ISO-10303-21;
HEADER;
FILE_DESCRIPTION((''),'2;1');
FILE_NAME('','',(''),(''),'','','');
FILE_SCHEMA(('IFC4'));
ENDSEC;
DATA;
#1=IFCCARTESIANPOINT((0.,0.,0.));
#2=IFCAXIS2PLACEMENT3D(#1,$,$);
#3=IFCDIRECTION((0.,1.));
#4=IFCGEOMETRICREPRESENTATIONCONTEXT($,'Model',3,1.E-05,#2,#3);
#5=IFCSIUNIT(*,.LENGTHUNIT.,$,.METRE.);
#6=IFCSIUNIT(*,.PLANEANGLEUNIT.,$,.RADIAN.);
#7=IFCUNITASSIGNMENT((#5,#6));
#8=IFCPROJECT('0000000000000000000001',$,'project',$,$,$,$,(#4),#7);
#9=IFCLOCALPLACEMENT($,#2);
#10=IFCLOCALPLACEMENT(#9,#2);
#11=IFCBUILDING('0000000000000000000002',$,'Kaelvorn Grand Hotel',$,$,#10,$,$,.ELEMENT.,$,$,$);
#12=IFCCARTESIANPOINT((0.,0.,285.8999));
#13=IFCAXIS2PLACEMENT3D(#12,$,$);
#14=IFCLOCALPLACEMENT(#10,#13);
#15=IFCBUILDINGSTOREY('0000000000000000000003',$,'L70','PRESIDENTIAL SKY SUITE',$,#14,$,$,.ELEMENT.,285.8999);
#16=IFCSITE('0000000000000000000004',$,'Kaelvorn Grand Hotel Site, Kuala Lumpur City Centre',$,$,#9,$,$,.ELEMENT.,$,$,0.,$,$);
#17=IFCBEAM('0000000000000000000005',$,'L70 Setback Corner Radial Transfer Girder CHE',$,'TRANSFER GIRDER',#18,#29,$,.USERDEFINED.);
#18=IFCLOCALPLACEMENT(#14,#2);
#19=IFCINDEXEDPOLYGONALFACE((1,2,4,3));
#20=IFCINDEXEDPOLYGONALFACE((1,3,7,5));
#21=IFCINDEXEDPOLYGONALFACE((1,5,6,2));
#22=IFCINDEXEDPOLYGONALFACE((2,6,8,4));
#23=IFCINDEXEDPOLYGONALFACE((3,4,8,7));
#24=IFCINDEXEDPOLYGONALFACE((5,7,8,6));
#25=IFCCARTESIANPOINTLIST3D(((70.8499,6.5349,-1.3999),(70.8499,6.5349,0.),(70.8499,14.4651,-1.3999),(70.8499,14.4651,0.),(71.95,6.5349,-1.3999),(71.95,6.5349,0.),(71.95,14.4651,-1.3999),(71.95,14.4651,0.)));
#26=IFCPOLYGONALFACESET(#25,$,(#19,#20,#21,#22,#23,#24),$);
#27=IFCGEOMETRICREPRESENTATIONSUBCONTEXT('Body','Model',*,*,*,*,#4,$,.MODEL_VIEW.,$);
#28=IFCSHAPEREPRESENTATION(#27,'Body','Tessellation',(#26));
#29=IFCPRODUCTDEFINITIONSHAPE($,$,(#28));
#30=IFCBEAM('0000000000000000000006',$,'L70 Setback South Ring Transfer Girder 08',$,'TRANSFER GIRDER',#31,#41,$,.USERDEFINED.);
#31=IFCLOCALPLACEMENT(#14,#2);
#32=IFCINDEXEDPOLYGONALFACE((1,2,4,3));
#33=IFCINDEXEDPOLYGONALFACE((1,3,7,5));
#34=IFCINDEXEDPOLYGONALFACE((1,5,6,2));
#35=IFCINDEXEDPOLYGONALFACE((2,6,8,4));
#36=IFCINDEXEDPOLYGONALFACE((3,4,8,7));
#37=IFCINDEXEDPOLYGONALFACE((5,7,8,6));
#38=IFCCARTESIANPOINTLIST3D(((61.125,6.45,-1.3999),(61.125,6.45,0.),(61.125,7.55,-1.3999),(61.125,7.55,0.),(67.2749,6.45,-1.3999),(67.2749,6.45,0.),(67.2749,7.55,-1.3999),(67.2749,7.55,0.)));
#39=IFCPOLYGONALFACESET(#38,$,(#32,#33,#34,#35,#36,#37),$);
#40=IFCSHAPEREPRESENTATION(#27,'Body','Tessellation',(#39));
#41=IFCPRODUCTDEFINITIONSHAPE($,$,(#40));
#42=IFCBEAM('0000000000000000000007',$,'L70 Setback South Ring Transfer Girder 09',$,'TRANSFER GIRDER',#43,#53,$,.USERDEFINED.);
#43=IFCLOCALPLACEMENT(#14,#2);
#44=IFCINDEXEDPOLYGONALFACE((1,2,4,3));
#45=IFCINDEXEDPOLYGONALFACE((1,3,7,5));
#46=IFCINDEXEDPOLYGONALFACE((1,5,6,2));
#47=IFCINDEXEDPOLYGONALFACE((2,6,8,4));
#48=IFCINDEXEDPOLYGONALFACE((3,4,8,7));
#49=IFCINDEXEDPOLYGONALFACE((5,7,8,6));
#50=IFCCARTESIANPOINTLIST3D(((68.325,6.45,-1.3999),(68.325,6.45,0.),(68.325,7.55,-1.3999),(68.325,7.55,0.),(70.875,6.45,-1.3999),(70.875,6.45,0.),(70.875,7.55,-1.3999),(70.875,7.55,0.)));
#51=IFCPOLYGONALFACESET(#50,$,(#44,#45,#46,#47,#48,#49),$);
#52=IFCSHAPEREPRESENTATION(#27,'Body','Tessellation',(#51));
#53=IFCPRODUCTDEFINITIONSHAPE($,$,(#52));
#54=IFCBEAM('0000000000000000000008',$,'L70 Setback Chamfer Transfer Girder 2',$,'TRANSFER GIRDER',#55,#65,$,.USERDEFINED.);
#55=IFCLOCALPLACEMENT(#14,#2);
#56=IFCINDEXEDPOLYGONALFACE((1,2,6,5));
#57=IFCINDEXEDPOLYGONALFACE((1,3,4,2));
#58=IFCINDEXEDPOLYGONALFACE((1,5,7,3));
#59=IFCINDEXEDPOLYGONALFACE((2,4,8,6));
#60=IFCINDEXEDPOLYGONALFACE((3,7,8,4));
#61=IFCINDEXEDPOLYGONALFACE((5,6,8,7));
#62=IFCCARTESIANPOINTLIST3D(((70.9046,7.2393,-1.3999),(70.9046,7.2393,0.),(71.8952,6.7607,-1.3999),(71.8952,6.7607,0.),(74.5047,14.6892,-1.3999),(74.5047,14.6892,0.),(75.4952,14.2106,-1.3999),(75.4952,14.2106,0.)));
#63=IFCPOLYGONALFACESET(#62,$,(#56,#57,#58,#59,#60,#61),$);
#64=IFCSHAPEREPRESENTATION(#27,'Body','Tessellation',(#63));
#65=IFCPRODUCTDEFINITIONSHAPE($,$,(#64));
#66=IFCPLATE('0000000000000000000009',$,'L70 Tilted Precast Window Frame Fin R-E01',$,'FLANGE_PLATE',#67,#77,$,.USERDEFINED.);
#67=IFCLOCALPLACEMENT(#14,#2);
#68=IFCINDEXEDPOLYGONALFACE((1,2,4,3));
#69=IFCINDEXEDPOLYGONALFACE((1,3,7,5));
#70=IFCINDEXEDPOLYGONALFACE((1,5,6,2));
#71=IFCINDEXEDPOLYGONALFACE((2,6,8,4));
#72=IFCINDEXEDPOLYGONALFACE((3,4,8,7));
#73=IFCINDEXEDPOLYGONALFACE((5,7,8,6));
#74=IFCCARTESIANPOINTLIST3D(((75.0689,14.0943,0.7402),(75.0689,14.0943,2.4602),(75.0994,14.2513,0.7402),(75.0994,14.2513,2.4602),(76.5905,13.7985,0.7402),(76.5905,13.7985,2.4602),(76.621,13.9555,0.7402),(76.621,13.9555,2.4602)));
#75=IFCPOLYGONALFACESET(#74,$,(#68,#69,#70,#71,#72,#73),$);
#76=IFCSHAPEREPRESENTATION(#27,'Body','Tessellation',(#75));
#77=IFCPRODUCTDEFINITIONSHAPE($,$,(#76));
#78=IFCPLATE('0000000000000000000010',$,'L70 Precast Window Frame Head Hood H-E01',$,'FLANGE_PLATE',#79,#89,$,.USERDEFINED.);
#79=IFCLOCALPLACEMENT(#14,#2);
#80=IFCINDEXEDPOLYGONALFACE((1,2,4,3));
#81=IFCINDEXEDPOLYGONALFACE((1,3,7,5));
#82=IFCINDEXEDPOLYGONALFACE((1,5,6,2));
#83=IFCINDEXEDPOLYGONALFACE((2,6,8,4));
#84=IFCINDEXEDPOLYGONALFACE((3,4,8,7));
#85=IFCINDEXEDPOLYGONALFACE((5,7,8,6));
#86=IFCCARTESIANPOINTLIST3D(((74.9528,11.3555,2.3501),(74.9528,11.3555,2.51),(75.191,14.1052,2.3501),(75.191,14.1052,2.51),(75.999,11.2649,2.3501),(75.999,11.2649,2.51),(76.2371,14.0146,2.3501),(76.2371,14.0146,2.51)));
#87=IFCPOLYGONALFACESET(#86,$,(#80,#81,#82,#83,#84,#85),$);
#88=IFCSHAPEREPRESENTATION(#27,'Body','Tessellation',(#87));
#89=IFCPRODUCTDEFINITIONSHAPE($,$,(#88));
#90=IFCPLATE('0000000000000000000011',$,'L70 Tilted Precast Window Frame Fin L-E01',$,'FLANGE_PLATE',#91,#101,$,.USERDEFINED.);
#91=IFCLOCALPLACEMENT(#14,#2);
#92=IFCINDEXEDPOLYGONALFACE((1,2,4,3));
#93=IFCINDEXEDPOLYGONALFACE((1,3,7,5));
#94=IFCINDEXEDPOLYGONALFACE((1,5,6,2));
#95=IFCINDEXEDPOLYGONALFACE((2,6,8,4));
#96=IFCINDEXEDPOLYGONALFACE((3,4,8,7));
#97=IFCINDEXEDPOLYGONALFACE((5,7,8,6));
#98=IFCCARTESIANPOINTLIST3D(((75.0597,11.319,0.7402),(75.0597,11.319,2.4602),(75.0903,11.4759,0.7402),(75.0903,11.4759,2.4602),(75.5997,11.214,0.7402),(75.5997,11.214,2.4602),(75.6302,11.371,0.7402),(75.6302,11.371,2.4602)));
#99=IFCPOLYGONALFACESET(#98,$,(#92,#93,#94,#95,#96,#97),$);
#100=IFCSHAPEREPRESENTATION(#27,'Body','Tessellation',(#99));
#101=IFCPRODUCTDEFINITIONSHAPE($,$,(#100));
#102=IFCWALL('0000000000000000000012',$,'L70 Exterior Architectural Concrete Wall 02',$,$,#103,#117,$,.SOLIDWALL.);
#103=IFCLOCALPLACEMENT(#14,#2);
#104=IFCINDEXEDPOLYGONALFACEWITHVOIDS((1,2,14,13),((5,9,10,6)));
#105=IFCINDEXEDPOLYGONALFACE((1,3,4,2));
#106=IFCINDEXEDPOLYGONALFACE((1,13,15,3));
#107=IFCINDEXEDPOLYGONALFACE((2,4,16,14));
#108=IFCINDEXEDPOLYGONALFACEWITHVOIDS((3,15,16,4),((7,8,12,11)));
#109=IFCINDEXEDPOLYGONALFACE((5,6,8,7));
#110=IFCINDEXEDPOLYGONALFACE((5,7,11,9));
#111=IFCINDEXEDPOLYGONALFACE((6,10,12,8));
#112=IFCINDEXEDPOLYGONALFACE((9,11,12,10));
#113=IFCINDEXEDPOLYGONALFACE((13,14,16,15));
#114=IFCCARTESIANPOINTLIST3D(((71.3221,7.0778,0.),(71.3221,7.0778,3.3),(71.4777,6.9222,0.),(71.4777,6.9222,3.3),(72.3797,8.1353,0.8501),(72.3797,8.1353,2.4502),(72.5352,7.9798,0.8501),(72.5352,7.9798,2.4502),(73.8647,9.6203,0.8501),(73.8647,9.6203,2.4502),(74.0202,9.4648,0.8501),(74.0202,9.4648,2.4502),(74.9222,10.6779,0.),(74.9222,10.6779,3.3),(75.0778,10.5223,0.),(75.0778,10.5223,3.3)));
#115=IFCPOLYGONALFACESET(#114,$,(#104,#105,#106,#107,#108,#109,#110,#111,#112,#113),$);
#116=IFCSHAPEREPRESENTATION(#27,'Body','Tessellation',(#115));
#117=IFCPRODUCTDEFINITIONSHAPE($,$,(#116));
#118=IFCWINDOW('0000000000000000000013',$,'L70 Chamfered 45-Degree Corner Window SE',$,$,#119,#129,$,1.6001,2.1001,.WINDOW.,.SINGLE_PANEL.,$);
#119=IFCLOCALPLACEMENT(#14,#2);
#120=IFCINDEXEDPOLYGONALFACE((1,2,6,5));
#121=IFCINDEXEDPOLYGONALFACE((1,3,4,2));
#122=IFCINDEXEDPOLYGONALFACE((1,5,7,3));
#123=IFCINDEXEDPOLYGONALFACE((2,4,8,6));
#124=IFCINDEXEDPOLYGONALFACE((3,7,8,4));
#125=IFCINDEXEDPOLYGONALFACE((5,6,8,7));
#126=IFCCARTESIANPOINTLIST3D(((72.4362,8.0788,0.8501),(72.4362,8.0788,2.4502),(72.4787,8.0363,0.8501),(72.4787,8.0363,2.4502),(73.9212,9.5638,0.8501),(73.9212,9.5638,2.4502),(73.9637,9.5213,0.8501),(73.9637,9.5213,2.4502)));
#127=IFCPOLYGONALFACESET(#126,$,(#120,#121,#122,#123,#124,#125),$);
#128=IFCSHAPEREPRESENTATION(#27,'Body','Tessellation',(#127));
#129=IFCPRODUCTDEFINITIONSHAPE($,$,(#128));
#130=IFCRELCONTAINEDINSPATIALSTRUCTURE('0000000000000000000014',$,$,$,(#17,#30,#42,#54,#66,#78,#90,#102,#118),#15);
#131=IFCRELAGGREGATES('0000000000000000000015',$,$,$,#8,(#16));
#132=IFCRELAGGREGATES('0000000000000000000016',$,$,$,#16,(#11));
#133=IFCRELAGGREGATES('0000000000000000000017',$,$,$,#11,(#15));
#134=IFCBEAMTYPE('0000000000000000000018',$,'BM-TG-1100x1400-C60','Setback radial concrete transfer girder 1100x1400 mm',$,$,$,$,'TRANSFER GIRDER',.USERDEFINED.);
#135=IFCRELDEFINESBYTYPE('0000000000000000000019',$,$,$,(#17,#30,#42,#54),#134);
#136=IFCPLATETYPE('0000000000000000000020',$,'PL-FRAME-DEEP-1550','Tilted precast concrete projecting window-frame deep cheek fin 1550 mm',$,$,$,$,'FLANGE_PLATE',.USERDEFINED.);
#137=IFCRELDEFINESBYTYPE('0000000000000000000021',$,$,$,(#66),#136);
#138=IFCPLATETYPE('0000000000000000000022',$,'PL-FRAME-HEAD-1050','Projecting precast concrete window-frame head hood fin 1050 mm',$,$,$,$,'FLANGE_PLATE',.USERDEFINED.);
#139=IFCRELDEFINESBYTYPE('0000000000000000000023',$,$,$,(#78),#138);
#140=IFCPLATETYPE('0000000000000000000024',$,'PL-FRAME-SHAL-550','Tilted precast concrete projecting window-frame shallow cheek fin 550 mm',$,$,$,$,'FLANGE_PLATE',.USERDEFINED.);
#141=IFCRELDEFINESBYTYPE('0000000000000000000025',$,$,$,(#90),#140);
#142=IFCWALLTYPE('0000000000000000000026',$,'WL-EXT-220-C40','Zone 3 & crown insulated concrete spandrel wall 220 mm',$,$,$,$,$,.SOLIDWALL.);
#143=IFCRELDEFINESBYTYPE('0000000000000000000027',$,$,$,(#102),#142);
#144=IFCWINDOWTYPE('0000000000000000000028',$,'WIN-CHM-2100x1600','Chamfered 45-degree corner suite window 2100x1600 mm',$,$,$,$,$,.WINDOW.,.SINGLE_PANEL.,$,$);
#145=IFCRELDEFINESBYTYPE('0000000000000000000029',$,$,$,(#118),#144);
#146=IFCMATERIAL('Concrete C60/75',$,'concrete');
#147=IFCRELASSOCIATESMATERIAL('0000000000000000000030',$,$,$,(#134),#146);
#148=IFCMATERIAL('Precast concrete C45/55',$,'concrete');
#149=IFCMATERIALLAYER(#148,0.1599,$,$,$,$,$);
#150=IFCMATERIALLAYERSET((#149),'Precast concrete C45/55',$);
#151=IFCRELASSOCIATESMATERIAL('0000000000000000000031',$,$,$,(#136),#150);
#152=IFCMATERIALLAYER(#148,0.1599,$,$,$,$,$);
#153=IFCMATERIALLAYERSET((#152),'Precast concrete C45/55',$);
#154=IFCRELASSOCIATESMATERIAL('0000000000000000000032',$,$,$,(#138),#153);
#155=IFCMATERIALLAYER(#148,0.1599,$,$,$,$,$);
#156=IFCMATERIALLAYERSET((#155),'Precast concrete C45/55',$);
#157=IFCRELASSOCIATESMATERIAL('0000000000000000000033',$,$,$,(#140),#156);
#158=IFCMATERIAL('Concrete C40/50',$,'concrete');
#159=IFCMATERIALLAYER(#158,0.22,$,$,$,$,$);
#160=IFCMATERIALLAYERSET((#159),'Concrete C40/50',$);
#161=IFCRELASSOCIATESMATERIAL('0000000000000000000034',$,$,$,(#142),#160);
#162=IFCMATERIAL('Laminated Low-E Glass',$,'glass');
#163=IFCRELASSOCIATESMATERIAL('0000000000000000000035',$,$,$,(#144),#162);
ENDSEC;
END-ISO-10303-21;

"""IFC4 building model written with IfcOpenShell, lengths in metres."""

from ifc_helpers import new_model, si_unit, direction, frame, frame_2d, origin, origin_2d, place, context, subcontext, project, spatial, rectangle, extrude, material, layer, layer_set, material_profile, profile_set, type_object, element, fill, save


model = new_model("IFC4")

# Units and contexts
model_context = context("Model", 3, precision=1e-05, world=origin(), true_north=direction((0.0, 1.0)))
body_context = subcontext(model_context, "Body", "Model", "MODEL_VIEW")
ifc_project = project(units=[si_unit("LENGTHUNIT", "METRE"), si_unit("PLANEANGLEUNIT", "RADIAN")], contexts=[model_context])

# Site, building, storey
site_placement = place(None, origin())
site = spatial("IfcSite", under=ifc_project, at=site_placement, Name="Kaelvorn Grand Hotel Site, Kuala Lumpur City Centre", CompositionType="ELEMENT", RefElevation=0.0)
building_placement = place(site_placement, origin())
building = spatial("IfcBuilding", under=site, at=building_placement, Name="Kaelvorn Grand Hotel", CompositionType="ELEMENT")
storey_placement = place(building_placement, frame((0.0, 0.0, 285.8999)))
storey = spatial("IfcBuildingStorey", under=building, at=storey_placement, Name="L70", Description="PRESIDENTIAL SKY SUITE", CompositionType="ELEMENT", Elevation=285.8999)

# Shared definitions
ifc_material_1 = material(Name="Concrete C60/75", Category="concrete")

# Beams
ifc_material_2 = material(Name="Concrete C40/50", Category="concrete")
ifc_material_profile_1 = material_profile(ifc_material_1, rectangle(XDim=1.1001, YDim=1.3999, at=origin_2d()), Name="RC TG 1100x1400")
ifc_profile_set_1 = profile_set([ifc_material_profile_1], Name="Concrete C60/75")
beam_type_1 = type_object("IfcBeamType", Name="BM-TG-1100x1400-C60", Description="Setback radial concrete transfer girder 1100x1400 mm", ElementType="TRANSFER GIRDER", PredefinedType="USERDEFINED", material=ifc_profile_set_1)
beam_1_placement = place(storey_placement, frame((71.3999, 6.5349, -0.7), z_axis=(0.0, 1.0, 0.0), x_axis=(-1.0, 0.0, 0.0)))
element("IfcBeam", 1, at=beam_1_placement, inside=storey, type_object=beam_type_1, Name="L70 Setback Corner Radial Transfer Girder CHE", ObjectType="TRANSFER GIRDER", PredefinedType="USERDEFINED", context=body_context, shape_type="SweptSolid", body=[
    extrude(rectangle(XDim=1.1001, YDim=1.3999, at=origin_2d()), origin(), (0.0, 0.0, 1.0), 7.9302),
])
beam_2_placement = place(storey_placement, frame((61.125, 7.0, -0.7), z_axis=(1.0, 0.0, 0.0), x_axis=(0.0, 1.0, 0.0)))
element("IfcBeam", 2, at=beam_2_placement, inside=storey, type_object=beam_type_1, Name="L70 Setback South Ring Transfer Girder 08", ObjectType="TRANSFER GIRDER", PredefinedType="USERDEFINED", context=body_context, shape_type="SweptSolid", body=[
    extrude(rectangle(XDim=1.1001, YDim=1.3999, at=origin_2d()), origin(), (0.0, 0.0, 1.0), 6.1499),
])
beam_3_placement = place(storey_placement, frame((68.325, 7.0, -0.7), z_axis=(1.0, 0.0, 0.0), x_axis=(0.0, 1.0, 0.0)))
element("IfcBeam", 3, at=beam_3_placement, inside=storey, type_object=beam_type_1, Name="L70 Setback South Ring Transfer Girder 09", ObjectType="TRANSFER GIRDER", PredefinedType="USERDEFINED", context=body_context, shape_type="SweptSolid", body=[
    extrude(rectangle(XDim=1.1001, YDim=1.3999, at=origin_2d()), origin(), (0.0, 0.0, 1.0), 2.55),
])
beam_4_placement = place(storey_placement, frame((71.3999, 7.0, -0.7), z_axis=(0.435099, 0.900383, 0.0), x_axis=(-0.900383, 0.435099, 0.0)))
element("IfcBeam", 4, at=beam_4_placement, inside=storey, type_object=beam_type_1, Name="L70 Setback Chamfer Transfer Girder 2", ObjectType="TRANSFER GIRDER", PredefinedType="USERDEFINED", context=body_context, shape_type="SweptSolid", body=[
    extrude(rectangle(XDim=1.1001, YDim=1.3999, at=origin_2d()), origin(), (0.0, 0.0, 1.0), 8.2742),
])

# Plates
ifc_material_3 = material(Name="Precast concrete C45/55", Category="concrete")
ifc_layer_1 = layer(ifc_material_3, 0.1599)
ifc_layer_set_1 = layer_set([ifc_layer_1], Name="Precast concrete C45/55")
plate_type_1 = type_object("IfcPlateType", Name="PL-FRAME-DEEP-1550", Description="Tilted precast concrete projecting window-frame deep cheek fin 1550 mm", ElementType="FLANGE_PLATE", PredefinedType="USERDEFINED", material=ifc_layer_set_1)
plate_1_placement = place(storey_placement, frame((75.845, 14.0249, 0.7402), z_axis=(0.0, 0.0, 1.0), x_axis=(0.190809, 0.981627, 0.0)))
element("IfcPlate", 5, at=plate_1_placement, inside=storey, type_object=plate_type_1, Name="L70 Tilted Precast Window Frame Fin R-E01", ObjectType="FLANGE_PLATE", PredefinedType="USERDEFINED", context=body_context, shape_type="SweptSolid", body=[
    extrude(rectangle(XDim=0.1599, YDim=1.55, at=origin_2d()), origin(), (0.0, 0.0, 1.0), 1.72),
])
ifc_layer_2 = layer(ifc_material_3, 0.1599)
ifc_layer_set_2 = layer_set([ifc_layer_2], Name="Precast concrete C45/55")
plate_type_2 = type_object("IfcPlateType", Name="PL-FRAME-HEAD-1050", Description="Projecting precast concrete window-frame head hood fin 1050 mm", ElementType="FLANGE_PLATE", PredefinedType="USERDEFINED", material=ifc_layer_set_2)
plate_2_placement = place(storey_placement, frame((75.595, 12.6851, 2.3501), z_axis=(0.0, 0.0, 1.0), x_axis=(0.086286, 0.99627, 0.0)))
element("IfcPlate", 6, at=plate_2_placement, inside=storey, type_object=plate_type_2, Name="L70 Precast Window Frame Head Hood H-E01", ObjectType="FLANGE_PLATE", PredefinedType="USERDEFINED", context=body_context, shape_type="SweptSolid", body=[
    extrude(rectangle(XDim=2.76, YDim=1.05, at=origin_2d()), origin(), (0.0, 0.0, 1.0), 0.1599),
])
ifc_layer_3 = layer(ifc_material_3, 0.1599)
ifc_layer_set_3 = layer_set([ifc_layer_3], Name="Precast concrete C45/55")
plate_type_3 = type_object("IfcPlateType", Name="PL-FRAME-SHAL-550", Description="Tilted precast concrete projecting window-frame shallow cheek fin 550 mm", ElementType="FLANGE_PLATE", PredefinedType="USERDEFINED", material=ifc_layer_set_3)
plate_3_placement = place(storey_placement, frame((75.345, 11.345, 0.7402), z_axis=(0.0, 0.0, 1.0), x_axis=(0.190809, 0.981627, 0.0)))
element("IfcPlate", 7, at=plate_3_placement, inside=storey, type_object=plate_type_3, Name="L70 Tilted Precast Window Frame Fin L-E01", ObjectType="FLANGE_PLATE", PredefinedType="USERDEFINED", context=body_context, shape_type="SweptSolid", body=[
    extrude(rectangle(XDim=0.1599, YDim=0.55, at=origin_2d()), origin(), (0.0, 0.0, 1.0), 1.72),
])

# Wall, opening, window
ifc_layer_4 = layer(ifc_material_2, 0.22)
ifc_layer_set_4 = layer_set([ifc_layer_4], Name="Concrete C40/50")
wall_type_1 = type_object("IfcWallType", Name="WL-EXT-220-C40", Description="Zone 3 & crown insulated concrete spandrel wall 220 mm", PredefinedType="SOLIDWALL", material=ifc_layer_set_4)
wall_1_placement = place(storey_placement, frame((71.3999, 7.0, 0.0), z_axis=(0.0, 0.0, 1.0), x_axis=(0.707107, 0.707107, 0.0)))
wall_1 = element("IfcWall", 8, at=wall_1_placement, inside=storey, type_object=wall_type_1, Name="L70 Exterior Architectural Concrete Wall 02", PredefinedType="SOLIDWALL", context=body_context, shape_type="SweptSolid", body=[
    extrude(rectangle(XDim=5.0913, YDim=0.22, at=frame_2d((2.5457, 0.0))), origin(), (0.0, 0.0, 1.0), 3.3),
])
opening_1_placement = place(wall_1_placement, frame((1.4956, 0.0, 0.8501)))
opening_1 = element("IfcOpeningElement", 9, at=opening_1_placement, cuts=wall_1, PredefinedType="OPENING", context=body_context, shape_type="SweptSolid", body=[
    extrude(rectangle(XDim=2.1001, YDim=1.6001, at=frame_2d((1.05, 0.8))), frame((0.0, 0.1201, 0.0), z_axis=(0.0, -1.0, 0.0), x_axis=(1.0, 0.0, 0.0)), (0.0, 0.0, 1.0), 0.24),
])
ifc_material_4 = material(Name="Laminated Low-E Glass", Category="glass")
window_type_1 = type_object("IfcWindowType", Name="WIN-CHM-2100x1600", Description="Chamfered 45-degree corner suite window 2100x1600 mm", PartitioningType="SINGLE_PANEL", PredefinedType="WINDOW", material=ifc_material_4)
window_1_placement = place(opening_1_placement, origin())
window_1 = element("IfcWindow", 10, at=window_1_placement, inside=storey, type_object=window_type_1, Name="L70 Chamfered 45-Degree Corner Window SE", OverallHeight=1.6001, OverallWidth=2.1001, PartitioningType="SINGLE_PANEL", PredefinedType="WINDOW", context=body_context, shape_type="SweptSolid", body=[
    extrude(rectangle(XDim=2.1001, YDim=1.6001, at=frame_2d((1.05, 0.8))), frame((0.0, 0.03, 0.0), z_axis=(0.0, -1.0, 0.0), x_axis=(1.0, 0.0, 0.0)), (0.0, 0.0, 1.0), 0.0601),
])
fill(opening_1, window_1)

save(model, "model.ifc")
